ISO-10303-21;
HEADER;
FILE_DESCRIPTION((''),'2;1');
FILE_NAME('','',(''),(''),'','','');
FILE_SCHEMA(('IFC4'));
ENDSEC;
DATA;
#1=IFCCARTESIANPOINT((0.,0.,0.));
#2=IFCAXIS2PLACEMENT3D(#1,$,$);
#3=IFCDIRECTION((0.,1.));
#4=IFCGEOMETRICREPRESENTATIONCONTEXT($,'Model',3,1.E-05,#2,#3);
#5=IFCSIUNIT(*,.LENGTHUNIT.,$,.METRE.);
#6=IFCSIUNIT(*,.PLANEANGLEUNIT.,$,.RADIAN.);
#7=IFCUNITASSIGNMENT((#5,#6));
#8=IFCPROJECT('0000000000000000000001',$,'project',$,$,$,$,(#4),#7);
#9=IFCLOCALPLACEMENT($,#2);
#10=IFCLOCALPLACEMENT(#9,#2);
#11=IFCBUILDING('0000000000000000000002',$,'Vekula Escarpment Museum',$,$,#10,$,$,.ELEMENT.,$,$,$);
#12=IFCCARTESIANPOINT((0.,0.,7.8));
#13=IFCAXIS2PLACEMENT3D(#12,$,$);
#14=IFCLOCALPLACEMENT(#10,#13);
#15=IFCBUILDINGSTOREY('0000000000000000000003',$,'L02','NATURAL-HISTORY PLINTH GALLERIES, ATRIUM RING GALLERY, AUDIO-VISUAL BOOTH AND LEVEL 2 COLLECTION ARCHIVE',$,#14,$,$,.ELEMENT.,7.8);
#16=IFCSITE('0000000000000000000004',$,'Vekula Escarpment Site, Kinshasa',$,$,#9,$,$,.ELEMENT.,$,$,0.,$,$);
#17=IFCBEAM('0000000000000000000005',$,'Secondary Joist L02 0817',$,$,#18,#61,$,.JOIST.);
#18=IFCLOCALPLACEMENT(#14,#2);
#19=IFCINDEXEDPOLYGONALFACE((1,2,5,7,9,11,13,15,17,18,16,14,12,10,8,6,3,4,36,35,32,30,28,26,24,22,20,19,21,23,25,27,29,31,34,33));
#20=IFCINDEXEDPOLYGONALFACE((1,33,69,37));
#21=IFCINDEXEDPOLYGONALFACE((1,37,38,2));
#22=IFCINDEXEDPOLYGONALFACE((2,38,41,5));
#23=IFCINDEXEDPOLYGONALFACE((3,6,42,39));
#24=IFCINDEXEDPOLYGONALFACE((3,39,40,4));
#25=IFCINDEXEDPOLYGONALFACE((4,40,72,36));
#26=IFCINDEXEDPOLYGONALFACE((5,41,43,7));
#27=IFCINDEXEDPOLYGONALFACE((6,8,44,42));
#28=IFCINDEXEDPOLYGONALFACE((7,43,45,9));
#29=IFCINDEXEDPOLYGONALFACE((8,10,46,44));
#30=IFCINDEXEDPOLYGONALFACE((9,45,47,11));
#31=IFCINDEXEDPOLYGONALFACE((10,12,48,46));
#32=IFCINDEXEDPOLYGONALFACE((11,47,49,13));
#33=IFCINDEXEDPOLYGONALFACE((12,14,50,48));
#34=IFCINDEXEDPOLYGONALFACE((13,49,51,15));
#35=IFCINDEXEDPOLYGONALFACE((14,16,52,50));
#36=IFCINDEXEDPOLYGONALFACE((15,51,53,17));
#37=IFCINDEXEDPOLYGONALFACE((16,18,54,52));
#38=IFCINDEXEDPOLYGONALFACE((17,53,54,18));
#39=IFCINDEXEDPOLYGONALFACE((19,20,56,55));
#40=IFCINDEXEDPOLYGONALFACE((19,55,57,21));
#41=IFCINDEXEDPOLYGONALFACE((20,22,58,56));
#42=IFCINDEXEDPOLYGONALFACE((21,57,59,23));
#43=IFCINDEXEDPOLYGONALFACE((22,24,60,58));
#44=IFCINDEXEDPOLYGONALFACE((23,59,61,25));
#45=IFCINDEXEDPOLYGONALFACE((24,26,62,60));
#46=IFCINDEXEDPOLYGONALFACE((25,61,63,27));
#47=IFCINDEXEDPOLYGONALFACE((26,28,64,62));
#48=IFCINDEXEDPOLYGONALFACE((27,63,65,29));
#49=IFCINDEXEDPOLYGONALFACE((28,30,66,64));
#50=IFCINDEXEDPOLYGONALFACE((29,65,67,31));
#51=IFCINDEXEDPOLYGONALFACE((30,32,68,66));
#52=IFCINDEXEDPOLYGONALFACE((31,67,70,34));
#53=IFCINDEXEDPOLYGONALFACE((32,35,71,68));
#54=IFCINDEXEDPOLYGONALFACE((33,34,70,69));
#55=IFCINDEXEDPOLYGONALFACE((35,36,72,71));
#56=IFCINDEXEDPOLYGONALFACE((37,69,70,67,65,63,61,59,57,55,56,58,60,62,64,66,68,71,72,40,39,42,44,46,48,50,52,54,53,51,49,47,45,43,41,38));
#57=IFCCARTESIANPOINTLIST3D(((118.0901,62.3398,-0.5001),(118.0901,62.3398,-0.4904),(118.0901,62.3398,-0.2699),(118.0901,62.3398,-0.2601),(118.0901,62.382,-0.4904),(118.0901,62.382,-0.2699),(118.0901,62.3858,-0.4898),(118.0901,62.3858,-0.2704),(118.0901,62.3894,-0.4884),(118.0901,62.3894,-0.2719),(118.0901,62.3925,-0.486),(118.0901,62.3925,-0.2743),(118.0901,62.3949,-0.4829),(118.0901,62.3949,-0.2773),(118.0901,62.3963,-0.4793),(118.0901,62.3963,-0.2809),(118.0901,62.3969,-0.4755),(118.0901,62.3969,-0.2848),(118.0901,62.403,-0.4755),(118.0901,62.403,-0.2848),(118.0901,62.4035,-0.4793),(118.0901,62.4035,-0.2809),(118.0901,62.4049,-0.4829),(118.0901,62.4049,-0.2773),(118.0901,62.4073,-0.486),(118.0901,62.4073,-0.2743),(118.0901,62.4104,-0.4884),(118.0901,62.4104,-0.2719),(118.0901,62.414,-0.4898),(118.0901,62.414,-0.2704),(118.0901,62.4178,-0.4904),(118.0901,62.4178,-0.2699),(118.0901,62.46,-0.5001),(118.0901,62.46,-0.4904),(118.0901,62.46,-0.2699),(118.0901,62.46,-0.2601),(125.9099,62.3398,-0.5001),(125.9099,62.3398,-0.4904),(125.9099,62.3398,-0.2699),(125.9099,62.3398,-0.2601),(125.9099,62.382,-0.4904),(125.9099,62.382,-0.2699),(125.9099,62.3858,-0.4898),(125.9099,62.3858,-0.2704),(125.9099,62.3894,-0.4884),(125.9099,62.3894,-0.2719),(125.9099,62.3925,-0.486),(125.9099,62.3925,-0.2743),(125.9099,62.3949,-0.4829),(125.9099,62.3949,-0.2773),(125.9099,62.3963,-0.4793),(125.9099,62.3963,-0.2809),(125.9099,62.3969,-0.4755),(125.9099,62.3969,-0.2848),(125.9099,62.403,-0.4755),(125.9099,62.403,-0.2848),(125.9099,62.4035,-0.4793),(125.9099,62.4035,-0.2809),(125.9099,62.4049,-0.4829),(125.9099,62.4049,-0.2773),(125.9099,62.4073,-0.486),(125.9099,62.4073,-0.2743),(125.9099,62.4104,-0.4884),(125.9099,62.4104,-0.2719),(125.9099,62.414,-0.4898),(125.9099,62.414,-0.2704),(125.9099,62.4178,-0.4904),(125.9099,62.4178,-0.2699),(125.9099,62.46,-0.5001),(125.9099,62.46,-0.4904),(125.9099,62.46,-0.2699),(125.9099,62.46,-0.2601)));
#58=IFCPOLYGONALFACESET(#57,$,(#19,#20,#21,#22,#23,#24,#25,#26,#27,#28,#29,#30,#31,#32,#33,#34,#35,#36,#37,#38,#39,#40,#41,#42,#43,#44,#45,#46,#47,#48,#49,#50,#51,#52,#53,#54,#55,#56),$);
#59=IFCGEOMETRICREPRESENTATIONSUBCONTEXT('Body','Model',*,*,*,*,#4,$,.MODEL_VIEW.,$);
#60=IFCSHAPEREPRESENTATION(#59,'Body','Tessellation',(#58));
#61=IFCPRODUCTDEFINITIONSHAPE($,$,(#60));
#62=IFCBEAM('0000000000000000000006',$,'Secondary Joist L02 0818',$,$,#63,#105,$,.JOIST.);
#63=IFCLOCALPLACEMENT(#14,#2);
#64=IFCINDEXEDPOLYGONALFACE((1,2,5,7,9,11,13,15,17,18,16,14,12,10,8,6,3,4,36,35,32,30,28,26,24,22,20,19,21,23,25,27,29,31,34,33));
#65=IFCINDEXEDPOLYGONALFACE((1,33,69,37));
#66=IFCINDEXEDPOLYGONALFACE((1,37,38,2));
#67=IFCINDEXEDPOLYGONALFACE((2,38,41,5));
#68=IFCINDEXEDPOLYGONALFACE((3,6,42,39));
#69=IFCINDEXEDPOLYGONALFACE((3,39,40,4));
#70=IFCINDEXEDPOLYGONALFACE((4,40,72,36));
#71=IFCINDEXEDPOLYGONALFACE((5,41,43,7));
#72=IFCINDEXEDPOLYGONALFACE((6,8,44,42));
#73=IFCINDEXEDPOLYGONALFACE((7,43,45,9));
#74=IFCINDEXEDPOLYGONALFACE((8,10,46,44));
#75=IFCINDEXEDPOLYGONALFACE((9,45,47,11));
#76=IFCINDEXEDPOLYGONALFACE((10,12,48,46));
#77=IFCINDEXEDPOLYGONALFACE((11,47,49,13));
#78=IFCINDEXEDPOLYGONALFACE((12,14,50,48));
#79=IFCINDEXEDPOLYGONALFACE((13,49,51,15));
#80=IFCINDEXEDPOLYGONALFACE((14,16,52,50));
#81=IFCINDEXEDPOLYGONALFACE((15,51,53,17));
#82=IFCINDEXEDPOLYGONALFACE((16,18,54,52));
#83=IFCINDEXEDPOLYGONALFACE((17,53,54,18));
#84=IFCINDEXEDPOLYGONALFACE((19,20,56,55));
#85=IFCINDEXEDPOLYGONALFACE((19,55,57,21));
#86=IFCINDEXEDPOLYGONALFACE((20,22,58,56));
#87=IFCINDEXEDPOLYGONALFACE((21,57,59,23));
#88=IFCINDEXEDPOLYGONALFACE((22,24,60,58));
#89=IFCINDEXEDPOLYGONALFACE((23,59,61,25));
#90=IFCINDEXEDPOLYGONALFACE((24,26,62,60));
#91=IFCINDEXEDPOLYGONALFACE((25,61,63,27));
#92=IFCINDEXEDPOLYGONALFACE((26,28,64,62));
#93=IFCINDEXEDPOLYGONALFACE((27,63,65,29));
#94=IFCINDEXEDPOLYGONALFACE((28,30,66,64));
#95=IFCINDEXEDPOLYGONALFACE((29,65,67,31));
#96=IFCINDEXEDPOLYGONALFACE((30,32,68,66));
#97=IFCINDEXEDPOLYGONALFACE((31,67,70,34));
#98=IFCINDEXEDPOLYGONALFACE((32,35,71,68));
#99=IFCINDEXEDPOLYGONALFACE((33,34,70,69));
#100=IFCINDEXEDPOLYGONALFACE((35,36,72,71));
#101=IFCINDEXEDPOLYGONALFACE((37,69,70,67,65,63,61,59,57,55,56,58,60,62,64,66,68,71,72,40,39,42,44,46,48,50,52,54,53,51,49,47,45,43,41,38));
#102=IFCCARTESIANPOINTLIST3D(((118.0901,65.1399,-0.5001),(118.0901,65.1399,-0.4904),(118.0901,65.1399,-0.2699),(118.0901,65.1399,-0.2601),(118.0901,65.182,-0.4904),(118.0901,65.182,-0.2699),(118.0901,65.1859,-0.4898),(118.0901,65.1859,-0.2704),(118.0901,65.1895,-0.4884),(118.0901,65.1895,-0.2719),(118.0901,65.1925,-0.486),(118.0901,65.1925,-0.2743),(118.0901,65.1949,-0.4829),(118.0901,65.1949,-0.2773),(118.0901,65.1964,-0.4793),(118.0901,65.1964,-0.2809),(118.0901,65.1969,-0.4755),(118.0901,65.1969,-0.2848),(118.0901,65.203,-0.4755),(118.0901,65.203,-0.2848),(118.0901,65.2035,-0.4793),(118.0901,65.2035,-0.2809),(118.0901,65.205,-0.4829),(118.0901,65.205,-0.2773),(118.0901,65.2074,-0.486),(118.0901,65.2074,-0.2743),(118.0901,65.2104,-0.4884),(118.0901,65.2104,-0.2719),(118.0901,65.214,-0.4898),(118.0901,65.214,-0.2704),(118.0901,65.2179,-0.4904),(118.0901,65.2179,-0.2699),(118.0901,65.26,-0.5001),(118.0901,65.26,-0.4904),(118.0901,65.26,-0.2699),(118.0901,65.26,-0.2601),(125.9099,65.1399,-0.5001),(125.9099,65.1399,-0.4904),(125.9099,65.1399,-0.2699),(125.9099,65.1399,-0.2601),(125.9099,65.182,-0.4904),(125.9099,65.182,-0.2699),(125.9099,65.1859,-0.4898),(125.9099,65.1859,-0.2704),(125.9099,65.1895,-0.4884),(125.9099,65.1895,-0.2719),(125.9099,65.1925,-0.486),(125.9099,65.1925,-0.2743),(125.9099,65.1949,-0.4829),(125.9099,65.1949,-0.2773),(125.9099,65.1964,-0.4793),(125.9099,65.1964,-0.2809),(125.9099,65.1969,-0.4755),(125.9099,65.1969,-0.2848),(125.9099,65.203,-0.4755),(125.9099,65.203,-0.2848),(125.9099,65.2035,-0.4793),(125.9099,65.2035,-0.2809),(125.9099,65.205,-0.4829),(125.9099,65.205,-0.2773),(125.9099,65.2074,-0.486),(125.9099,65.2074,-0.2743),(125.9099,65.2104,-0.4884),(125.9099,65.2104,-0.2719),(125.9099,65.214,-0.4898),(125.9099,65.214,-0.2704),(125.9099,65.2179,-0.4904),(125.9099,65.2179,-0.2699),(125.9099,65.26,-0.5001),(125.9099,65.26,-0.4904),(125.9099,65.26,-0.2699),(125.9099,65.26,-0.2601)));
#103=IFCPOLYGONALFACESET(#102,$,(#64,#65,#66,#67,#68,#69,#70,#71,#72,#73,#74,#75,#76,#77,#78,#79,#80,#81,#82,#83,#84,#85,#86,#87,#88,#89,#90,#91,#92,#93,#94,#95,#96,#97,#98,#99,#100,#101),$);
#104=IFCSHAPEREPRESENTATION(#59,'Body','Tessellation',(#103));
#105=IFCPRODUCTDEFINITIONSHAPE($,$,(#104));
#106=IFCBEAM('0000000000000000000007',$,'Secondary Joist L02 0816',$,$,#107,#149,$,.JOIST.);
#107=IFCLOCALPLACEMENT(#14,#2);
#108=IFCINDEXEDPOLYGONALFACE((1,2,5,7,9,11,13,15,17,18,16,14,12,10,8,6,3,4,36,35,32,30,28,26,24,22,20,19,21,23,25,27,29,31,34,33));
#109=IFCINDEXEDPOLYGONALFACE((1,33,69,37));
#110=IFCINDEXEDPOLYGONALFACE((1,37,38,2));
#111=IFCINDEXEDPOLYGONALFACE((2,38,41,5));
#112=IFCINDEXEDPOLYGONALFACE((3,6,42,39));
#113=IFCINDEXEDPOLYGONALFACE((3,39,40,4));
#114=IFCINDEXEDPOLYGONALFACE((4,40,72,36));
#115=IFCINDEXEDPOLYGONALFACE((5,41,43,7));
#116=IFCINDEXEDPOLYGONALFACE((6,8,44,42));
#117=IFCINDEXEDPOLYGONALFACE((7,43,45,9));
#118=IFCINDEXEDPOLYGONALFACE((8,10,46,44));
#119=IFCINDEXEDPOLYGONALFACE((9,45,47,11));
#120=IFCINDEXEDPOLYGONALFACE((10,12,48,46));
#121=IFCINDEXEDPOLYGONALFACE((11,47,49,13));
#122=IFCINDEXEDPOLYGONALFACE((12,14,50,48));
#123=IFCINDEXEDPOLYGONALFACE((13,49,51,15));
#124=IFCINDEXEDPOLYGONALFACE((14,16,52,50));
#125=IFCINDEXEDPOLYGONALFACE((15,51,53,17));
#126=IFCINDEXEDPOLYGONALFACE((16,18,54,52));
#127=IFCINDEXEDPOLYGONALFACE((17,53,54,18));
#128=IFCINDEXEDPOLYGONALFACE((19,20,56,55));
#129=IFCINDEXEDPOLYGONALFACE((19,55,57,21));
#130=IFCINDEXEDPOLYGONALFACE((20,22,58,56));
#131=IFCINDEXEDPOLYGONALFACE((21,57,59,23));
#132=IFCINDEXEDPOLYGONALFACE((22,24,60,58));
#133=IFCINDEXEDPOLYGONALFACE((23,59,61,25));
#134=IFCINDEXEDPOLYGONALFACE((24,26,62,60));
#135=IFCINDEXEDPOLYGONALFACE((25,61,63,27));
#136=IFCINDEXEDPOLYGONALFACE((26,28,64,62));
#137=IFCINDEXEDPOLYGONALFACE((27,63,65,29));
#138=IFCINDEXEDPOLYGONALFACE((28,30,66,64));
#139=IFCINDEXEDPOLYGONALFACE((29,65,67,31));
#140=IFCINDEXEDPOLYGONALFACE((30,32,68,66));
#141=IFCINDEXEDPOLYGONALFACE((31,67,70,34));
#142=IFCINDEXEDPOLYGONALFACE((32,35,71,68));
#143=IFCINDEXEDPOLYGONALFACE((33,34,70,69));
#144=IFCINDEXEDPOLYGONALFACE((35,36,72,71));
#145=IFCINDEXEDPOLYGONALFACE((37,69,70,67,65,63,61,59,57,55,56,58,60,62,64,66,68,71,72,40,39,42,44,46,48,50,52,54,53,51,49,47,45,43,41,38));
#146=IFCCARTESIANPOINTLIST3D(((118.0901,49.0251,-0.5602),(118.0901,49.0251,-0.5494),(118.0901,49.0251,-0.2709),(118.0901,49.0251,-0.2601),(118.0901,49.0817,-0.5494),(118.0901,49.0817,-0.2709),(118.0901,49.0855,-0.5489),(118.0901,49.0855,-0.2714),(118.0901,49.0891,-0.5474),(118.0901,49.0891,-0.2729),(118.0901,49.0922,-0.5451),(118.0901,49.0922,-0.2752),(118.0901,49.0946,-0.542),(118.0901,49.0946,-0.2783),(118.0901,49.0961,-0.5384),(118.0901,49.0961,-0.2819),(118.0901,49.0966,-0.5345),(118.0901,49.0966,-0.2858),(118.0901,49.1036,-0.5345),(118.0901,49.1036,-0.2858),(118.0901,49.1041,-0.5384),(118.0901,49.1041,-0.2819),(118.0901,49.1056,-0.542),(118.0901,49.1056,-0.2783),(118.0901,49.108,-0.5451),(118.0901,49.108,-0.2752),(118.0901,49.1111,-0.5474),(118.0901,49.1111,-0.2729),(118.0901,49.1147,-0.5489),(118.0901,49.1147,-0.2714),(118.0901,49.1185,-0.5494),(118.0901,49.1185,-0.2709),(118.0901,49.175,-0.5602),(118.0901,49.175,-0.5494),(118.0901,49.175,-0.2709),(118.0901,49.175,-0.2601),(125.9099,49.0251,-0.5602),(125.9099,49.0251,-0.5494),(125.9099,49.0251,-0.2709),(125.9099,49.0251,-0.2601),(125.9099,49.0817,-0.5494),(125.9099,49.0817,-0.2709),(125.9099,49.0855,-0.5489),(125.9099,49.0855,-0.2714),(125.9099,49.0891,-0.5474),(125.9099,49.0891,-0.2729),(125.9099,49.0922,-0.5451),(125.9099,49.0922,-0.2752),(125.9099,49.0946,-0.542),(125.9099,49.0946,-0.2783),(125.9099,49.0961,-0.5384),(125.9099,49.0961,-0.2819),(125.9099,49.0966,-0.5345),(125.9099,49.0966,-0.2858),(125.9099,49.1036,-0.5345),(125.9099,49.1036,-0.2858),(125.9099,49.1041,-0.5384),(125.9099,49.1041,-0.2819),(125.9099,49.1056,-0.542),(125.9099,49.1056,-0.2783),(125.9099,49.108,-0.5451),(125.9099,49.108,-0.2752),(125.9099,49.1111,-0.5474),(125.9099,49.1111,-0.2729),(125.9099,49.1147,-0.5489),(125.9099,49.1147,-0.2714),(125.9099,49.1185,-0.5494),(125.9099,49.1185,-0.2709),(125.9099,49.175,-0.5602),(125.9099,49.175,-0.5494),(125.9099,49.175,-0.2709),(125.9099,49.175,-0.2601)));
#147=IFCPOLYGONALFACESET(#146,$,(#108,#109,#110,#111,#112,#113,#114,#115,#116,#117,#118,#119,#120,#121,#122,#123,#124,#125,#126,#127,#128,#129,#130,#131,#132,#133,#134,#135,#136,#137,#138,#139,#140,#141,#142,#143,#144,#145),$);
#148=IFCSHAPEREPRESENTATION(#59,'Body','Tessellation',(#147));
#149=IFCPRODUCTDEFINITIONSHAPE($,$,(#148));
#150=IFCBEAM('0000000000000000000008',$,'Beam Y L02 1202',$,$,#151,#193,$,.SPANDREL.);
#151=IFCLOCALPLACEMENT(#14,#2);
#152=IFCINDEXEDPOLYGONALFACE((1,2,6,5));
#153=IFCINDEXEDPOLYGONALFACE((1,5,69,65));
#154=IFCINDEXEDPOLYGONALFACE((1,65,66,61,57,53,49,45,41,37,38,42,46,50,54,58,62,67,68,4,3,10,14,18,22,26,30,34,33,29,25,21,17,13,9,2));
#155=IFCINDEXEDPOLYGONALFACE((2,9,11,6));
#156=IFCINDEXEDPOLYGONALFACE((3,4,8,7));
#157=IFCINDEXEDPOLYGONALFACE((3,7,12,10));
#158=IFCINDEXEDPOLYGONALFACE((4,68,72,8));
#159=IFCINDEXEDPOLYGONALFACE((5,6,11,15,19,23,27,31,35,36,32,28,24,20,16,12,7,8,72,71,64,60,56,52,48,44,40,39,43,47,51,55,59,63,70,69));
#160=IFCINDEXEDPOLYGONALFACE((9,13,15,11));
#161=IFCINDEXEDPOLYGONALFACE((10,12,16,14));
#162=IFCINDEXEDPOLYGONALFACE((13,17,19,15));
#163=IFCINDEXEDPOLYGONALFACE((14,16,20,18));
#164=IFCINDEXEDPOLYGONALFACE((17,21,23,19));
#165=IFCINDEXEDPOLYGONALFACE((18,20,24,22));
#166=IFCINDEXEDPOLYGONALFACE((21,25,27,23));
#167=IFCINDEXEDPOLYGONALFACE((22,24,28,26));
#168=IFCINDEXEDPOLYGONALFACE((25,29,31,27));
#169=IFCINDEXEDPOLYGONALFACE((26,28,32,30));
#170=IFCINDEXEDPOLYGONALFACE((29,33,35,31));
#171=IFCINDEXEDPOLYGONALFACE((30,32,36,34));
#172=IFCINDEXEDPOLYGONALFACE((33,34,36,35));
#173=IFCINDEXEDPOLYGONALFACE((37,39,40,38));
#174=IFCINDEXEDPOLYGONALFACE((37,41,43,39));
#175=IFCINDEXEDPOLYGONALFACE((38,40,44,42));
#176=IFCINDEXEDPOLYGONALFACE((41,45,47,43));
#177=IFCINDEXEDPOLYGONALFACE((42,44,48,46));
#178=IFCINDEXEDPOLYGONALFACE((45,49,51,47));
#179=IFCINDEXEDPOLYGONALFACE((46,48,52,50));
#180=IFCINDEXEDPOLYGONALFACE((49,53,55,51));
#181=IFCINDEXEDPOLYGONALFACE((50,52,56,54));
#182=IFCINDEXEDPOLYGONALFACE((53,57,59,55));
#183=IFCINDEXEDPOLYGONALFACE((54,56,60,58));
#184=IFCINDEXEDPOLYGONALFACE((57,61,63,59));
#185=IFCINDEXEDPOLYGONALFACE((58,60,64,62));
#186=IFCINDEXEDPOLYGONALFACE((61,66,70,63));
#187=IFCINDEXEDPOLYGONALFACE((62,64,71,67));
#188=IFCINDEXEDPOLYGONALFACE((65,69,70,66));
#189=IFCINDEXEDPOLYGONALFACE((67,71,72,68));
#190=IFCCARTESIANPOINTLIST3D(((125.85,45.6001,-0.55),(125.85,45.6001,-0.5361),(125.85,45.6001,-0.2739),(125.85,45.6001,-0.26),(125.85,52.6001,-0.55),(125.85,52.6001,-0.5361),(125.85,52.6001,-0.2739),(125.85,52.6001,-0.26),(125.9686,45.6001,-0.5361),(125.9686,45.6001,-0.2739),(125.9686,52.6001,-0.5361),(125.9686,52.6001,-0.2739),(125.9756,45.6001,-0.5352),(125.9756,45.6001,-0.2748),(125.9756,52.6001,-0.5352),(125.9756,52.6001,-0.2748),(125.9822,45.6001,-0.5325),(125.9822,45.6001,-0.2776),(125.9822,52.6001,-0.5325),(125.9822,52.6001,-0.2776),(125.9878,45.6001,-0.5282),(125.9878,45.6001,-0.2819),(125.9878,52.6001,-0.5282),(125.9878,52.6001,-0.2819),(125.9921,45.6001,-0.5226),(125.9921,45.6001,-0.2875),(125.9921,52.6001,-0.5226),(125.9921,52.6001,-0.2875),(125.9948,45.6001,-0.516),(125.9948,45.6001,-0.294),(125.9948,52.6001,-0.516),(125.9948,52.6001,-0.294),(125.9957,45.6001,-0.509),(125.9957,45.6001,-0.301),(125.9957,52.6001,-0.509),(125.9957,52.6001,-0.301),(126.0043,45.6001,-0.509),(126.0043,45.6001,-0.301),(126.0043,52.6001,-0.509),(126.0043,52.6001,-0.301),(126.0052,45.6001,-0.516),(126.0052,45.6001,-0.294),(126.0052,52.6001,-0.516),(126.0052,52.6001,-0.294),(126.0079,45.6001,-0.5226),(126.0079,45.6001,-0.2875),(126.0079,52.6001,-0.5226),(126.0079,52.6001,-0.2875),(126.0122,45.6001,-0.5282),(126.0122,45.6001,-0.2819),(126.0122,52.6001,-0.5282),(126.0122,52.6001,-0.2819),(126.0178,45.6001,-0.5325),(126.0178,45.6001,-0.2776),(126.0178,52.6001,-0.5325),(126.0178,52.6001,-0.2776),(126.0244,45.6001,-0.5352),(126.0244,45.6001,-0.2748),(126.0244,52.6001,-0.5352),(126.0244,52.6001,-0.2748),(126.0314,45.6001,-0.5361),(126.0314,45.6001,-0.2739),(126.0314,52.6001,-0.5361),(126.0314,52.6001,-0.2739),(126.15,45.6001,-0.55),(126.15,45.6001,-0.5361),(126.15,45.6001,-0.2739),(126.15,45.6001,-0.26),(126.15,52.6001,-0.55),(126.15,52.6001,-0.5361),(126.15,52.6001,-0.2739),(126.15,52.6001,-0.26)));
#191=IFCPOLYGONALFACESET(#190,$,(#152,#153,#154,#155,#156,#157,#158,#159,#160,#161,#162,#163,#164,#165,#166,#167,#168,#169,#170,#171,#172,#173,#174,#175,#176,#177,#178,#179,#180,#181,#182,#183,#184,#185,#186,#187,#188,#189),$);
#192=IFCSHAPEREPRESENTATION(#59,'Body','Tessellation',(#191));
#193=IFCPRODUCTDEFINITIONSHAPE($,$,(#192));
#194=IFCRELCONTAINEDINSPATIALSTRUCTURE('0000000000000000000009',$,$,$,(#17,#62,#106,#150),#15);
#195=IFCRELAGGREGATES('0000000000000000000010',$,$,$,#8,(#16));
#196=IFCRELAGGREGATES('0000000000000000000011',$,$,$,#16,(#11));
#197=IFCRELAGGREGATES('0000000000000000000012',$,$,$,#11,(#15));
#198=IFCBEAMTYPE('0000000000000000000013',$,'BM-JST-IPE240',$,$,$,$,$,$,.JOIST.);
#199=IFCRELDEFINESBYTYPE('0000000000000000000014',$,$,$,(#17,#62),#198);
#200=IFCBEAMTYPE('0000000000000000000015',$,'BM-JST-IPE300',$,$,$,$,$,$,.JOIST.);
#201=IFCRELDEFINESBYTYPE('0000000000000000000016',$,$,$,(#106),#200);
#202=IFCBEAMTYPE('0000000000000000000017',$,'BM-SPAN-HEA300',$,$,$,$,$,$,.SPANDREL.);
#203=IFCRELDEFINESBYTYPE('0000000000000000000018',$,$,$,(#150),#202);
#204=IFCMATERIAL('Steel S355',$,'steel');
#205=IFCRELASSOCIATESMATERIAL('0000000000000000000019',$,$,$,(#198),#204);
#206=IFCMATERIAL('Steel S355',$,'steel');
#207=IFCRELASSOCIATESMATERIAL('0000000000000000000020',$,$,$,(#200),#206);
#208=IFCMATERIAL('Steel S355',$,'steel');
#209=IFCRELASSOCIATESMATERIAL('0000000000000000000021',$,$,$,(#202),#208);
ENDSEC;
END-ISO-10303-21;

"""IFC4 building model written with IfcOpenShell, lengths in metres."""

from ifc_helpers import new_model, si_unit, direction, frame, origin, origin_2d, place, context, subcontext, project, spatial, i_section, extrude, material, material_profile, profile_set, type_object, element, save


model = new_model("IFC4")

# Units and contexts
model_context = context("Model", 3, precision=1e-05, world=origin(), true_north=direction((0.0, 1.0)))
body_context = subcontext(model_context, "Body", "Model", "MODEL_VIEW")
ifc_project = project(units=[si_unit("LENGTHUNIT", "METRE"), si_unit("PLANEANGLEUNIT", "RADIAN")], contexts=[model_context])

# Site, building, storey
site_placement = place(None, origin())
site = spatial("IfcSite", under=ifc_project, at=site_placement, Name="Vekula Escarpment Site, Kinshasa", CompositionType="ELEMENT", RefElevation=0.0)
building_placement = place(site_placement, origin())
building = spatial("IfcBuilding", under=site, at=building_placement, Name="Vekula Escarpment Museum", CompositionType="ELEMENT")
storey_placement = place(building_placement, frame((0.0, 0.0, 7.8)))
storey = spatial("IfcBuildingStorey", under=building, at=storey_placement, Name="L02", Description="NATURAL-HISTORY PLINTH GALLERIES, ATRIUM RING GALLERY, AUDIO-VISUAL BOOTH AND LEVEL 2 COLLECTION ARCHIVE", CompositionType="ELEMENT", Elevation=7.8)

# Beams
ifc_material_1 = material(Name="Steel S355", Category="steel")
ifc_material_profile_1 = material_profile(ifc_material_1, i_section(OverallWidth=0.1201, OverallDepth=0.24, WebThickness=0.0061, FlangeThickness=0.0098, FilletRadius=0.0149, at=origin_2d()), Name="IPE 240")
ifc_profile_set_1 = profile_set([ifc_material_profile_1], Name="Steel S355")
beam_type_1 = type_object("IfcBeamType", Name="BM-JST-IPE240", PredefinedType="JOIST", material=ifc_profile_set_1)
for number, where, z_axis, x_axis, name in (
    (1, (118.0901, 62.3999, -0.3801), (1.0, 0.0, 0.0), (0.0, 1.0, 0.0), "Secondary Joist L02 0817"),
    (2, (118.0901, 65.2, -0.3801), (1.0, 0.0, 0.0), (0.0, 1.0, 0.0), "Secondary Joist L02 0818"),
):
    element("IfcBeam", number, at=place(storey_placement, frame(where, z_axis=z_axis, x_axis=x_axis)), inside=storey, type_object=beam_type_1, Name=name, PredefinedType="JOIST", context=body_context, shape_type="SweptSolid", body=[
        extrude(i_section(OverallWidth=0.1201, OverallDepth=0.24, WebThickness=0.0061, FlangeThickness=0.0098, FilletRadius=0.0149, at=origin_2d()), origin(), (0.0, 0.0, 1.0), 7.8198),
    ])
ifc_material_2 = material(Name="Steel S355", Category="steel")
ifc_material_profile_2 = material_profile(ifc_material_2, i_section(OverallWidth=0.1499, OverallDepth=0.3, WebThickness=0.0071, FlangeThickness=0.0107, FilletRadius=0.0149, at=origin_2d()), Name="IPE 300")
ifc_profile_set_2 = profile_set([ifc_material_profile_2], Name="Steel S355")
beam_type_2 = type_object("IfcBeamType", Name="BM-JST-IPE300", PredefinedType="JOIST", material=ifc_profile_set_2)
beam_1_placement = place(storey_placement, frame((118.0901, 49.1001, -0.4102), z_axis=(1.0, 0.0, 0.0), x_axis=(0.0, 1.0, 0.0)))
element("IfcBeam", 3, at=beam_1_placement, inside=storey, type_object=beam_type_2, Name="Secondary Joist L02 0816", PredefinedType="JOIST", context=body_context, shape_type="SweptSolid", body=[
    extrude(i_section(OverallWidth=0.1499, OverallDepth=0.3, WebThickness=0.0071, FlangeThickness=0.0107, FilletRadius=0.0149, at=origin_2d()), origin(), (0.0, 0.0, 1.0), 7.8198),
])
ifc_material_3 = material(Name="Steel S355", Category="steel")
ifc_material_profile_3 = material_profile(ifc_material_3, i_section(OverallWidth=0.3, OverallDepth=0.29, WebThickness=0.0085, FlangeThickness=0.0139, FilletRadius=0.0271, at=origin_2d()), Name="HEA 300")
ifc_profile_set_3 = profile_set([ifc_material_profile_3], Name="Steel S355")
beam_type_3 = type_object("IfcBeamType", Name="BM-SPAN-HEA300", PredefinedType="SPANDREL", material=ifc_profile_set_3)
beam_2_placement = place(storey_placement, frame((126.0, 45.6001, -0.405), z_axis=(0.0, 1.0, 0.0), x_axis=(-1.0, 0.0, 0.0)))
element("IfcBeam", 4, at=beam_2_placement, inside=storey, type_object=beam_type_3, Name="Beam Y L02 1202", PredefinedType="SPANDREL", context=body_context, shape_type="SweptSolid", body=[
    extrude(i_section(OverallWidth=0.3, OverallDepth=0.29, WebThickness=0.0085, FlangeThickness=0.0139, FilletRadius=0.0271, at=origin_2d()), origin(), (0.0, 0.0, 1.0), 7.0),
])

save(model, "model.ifc")
